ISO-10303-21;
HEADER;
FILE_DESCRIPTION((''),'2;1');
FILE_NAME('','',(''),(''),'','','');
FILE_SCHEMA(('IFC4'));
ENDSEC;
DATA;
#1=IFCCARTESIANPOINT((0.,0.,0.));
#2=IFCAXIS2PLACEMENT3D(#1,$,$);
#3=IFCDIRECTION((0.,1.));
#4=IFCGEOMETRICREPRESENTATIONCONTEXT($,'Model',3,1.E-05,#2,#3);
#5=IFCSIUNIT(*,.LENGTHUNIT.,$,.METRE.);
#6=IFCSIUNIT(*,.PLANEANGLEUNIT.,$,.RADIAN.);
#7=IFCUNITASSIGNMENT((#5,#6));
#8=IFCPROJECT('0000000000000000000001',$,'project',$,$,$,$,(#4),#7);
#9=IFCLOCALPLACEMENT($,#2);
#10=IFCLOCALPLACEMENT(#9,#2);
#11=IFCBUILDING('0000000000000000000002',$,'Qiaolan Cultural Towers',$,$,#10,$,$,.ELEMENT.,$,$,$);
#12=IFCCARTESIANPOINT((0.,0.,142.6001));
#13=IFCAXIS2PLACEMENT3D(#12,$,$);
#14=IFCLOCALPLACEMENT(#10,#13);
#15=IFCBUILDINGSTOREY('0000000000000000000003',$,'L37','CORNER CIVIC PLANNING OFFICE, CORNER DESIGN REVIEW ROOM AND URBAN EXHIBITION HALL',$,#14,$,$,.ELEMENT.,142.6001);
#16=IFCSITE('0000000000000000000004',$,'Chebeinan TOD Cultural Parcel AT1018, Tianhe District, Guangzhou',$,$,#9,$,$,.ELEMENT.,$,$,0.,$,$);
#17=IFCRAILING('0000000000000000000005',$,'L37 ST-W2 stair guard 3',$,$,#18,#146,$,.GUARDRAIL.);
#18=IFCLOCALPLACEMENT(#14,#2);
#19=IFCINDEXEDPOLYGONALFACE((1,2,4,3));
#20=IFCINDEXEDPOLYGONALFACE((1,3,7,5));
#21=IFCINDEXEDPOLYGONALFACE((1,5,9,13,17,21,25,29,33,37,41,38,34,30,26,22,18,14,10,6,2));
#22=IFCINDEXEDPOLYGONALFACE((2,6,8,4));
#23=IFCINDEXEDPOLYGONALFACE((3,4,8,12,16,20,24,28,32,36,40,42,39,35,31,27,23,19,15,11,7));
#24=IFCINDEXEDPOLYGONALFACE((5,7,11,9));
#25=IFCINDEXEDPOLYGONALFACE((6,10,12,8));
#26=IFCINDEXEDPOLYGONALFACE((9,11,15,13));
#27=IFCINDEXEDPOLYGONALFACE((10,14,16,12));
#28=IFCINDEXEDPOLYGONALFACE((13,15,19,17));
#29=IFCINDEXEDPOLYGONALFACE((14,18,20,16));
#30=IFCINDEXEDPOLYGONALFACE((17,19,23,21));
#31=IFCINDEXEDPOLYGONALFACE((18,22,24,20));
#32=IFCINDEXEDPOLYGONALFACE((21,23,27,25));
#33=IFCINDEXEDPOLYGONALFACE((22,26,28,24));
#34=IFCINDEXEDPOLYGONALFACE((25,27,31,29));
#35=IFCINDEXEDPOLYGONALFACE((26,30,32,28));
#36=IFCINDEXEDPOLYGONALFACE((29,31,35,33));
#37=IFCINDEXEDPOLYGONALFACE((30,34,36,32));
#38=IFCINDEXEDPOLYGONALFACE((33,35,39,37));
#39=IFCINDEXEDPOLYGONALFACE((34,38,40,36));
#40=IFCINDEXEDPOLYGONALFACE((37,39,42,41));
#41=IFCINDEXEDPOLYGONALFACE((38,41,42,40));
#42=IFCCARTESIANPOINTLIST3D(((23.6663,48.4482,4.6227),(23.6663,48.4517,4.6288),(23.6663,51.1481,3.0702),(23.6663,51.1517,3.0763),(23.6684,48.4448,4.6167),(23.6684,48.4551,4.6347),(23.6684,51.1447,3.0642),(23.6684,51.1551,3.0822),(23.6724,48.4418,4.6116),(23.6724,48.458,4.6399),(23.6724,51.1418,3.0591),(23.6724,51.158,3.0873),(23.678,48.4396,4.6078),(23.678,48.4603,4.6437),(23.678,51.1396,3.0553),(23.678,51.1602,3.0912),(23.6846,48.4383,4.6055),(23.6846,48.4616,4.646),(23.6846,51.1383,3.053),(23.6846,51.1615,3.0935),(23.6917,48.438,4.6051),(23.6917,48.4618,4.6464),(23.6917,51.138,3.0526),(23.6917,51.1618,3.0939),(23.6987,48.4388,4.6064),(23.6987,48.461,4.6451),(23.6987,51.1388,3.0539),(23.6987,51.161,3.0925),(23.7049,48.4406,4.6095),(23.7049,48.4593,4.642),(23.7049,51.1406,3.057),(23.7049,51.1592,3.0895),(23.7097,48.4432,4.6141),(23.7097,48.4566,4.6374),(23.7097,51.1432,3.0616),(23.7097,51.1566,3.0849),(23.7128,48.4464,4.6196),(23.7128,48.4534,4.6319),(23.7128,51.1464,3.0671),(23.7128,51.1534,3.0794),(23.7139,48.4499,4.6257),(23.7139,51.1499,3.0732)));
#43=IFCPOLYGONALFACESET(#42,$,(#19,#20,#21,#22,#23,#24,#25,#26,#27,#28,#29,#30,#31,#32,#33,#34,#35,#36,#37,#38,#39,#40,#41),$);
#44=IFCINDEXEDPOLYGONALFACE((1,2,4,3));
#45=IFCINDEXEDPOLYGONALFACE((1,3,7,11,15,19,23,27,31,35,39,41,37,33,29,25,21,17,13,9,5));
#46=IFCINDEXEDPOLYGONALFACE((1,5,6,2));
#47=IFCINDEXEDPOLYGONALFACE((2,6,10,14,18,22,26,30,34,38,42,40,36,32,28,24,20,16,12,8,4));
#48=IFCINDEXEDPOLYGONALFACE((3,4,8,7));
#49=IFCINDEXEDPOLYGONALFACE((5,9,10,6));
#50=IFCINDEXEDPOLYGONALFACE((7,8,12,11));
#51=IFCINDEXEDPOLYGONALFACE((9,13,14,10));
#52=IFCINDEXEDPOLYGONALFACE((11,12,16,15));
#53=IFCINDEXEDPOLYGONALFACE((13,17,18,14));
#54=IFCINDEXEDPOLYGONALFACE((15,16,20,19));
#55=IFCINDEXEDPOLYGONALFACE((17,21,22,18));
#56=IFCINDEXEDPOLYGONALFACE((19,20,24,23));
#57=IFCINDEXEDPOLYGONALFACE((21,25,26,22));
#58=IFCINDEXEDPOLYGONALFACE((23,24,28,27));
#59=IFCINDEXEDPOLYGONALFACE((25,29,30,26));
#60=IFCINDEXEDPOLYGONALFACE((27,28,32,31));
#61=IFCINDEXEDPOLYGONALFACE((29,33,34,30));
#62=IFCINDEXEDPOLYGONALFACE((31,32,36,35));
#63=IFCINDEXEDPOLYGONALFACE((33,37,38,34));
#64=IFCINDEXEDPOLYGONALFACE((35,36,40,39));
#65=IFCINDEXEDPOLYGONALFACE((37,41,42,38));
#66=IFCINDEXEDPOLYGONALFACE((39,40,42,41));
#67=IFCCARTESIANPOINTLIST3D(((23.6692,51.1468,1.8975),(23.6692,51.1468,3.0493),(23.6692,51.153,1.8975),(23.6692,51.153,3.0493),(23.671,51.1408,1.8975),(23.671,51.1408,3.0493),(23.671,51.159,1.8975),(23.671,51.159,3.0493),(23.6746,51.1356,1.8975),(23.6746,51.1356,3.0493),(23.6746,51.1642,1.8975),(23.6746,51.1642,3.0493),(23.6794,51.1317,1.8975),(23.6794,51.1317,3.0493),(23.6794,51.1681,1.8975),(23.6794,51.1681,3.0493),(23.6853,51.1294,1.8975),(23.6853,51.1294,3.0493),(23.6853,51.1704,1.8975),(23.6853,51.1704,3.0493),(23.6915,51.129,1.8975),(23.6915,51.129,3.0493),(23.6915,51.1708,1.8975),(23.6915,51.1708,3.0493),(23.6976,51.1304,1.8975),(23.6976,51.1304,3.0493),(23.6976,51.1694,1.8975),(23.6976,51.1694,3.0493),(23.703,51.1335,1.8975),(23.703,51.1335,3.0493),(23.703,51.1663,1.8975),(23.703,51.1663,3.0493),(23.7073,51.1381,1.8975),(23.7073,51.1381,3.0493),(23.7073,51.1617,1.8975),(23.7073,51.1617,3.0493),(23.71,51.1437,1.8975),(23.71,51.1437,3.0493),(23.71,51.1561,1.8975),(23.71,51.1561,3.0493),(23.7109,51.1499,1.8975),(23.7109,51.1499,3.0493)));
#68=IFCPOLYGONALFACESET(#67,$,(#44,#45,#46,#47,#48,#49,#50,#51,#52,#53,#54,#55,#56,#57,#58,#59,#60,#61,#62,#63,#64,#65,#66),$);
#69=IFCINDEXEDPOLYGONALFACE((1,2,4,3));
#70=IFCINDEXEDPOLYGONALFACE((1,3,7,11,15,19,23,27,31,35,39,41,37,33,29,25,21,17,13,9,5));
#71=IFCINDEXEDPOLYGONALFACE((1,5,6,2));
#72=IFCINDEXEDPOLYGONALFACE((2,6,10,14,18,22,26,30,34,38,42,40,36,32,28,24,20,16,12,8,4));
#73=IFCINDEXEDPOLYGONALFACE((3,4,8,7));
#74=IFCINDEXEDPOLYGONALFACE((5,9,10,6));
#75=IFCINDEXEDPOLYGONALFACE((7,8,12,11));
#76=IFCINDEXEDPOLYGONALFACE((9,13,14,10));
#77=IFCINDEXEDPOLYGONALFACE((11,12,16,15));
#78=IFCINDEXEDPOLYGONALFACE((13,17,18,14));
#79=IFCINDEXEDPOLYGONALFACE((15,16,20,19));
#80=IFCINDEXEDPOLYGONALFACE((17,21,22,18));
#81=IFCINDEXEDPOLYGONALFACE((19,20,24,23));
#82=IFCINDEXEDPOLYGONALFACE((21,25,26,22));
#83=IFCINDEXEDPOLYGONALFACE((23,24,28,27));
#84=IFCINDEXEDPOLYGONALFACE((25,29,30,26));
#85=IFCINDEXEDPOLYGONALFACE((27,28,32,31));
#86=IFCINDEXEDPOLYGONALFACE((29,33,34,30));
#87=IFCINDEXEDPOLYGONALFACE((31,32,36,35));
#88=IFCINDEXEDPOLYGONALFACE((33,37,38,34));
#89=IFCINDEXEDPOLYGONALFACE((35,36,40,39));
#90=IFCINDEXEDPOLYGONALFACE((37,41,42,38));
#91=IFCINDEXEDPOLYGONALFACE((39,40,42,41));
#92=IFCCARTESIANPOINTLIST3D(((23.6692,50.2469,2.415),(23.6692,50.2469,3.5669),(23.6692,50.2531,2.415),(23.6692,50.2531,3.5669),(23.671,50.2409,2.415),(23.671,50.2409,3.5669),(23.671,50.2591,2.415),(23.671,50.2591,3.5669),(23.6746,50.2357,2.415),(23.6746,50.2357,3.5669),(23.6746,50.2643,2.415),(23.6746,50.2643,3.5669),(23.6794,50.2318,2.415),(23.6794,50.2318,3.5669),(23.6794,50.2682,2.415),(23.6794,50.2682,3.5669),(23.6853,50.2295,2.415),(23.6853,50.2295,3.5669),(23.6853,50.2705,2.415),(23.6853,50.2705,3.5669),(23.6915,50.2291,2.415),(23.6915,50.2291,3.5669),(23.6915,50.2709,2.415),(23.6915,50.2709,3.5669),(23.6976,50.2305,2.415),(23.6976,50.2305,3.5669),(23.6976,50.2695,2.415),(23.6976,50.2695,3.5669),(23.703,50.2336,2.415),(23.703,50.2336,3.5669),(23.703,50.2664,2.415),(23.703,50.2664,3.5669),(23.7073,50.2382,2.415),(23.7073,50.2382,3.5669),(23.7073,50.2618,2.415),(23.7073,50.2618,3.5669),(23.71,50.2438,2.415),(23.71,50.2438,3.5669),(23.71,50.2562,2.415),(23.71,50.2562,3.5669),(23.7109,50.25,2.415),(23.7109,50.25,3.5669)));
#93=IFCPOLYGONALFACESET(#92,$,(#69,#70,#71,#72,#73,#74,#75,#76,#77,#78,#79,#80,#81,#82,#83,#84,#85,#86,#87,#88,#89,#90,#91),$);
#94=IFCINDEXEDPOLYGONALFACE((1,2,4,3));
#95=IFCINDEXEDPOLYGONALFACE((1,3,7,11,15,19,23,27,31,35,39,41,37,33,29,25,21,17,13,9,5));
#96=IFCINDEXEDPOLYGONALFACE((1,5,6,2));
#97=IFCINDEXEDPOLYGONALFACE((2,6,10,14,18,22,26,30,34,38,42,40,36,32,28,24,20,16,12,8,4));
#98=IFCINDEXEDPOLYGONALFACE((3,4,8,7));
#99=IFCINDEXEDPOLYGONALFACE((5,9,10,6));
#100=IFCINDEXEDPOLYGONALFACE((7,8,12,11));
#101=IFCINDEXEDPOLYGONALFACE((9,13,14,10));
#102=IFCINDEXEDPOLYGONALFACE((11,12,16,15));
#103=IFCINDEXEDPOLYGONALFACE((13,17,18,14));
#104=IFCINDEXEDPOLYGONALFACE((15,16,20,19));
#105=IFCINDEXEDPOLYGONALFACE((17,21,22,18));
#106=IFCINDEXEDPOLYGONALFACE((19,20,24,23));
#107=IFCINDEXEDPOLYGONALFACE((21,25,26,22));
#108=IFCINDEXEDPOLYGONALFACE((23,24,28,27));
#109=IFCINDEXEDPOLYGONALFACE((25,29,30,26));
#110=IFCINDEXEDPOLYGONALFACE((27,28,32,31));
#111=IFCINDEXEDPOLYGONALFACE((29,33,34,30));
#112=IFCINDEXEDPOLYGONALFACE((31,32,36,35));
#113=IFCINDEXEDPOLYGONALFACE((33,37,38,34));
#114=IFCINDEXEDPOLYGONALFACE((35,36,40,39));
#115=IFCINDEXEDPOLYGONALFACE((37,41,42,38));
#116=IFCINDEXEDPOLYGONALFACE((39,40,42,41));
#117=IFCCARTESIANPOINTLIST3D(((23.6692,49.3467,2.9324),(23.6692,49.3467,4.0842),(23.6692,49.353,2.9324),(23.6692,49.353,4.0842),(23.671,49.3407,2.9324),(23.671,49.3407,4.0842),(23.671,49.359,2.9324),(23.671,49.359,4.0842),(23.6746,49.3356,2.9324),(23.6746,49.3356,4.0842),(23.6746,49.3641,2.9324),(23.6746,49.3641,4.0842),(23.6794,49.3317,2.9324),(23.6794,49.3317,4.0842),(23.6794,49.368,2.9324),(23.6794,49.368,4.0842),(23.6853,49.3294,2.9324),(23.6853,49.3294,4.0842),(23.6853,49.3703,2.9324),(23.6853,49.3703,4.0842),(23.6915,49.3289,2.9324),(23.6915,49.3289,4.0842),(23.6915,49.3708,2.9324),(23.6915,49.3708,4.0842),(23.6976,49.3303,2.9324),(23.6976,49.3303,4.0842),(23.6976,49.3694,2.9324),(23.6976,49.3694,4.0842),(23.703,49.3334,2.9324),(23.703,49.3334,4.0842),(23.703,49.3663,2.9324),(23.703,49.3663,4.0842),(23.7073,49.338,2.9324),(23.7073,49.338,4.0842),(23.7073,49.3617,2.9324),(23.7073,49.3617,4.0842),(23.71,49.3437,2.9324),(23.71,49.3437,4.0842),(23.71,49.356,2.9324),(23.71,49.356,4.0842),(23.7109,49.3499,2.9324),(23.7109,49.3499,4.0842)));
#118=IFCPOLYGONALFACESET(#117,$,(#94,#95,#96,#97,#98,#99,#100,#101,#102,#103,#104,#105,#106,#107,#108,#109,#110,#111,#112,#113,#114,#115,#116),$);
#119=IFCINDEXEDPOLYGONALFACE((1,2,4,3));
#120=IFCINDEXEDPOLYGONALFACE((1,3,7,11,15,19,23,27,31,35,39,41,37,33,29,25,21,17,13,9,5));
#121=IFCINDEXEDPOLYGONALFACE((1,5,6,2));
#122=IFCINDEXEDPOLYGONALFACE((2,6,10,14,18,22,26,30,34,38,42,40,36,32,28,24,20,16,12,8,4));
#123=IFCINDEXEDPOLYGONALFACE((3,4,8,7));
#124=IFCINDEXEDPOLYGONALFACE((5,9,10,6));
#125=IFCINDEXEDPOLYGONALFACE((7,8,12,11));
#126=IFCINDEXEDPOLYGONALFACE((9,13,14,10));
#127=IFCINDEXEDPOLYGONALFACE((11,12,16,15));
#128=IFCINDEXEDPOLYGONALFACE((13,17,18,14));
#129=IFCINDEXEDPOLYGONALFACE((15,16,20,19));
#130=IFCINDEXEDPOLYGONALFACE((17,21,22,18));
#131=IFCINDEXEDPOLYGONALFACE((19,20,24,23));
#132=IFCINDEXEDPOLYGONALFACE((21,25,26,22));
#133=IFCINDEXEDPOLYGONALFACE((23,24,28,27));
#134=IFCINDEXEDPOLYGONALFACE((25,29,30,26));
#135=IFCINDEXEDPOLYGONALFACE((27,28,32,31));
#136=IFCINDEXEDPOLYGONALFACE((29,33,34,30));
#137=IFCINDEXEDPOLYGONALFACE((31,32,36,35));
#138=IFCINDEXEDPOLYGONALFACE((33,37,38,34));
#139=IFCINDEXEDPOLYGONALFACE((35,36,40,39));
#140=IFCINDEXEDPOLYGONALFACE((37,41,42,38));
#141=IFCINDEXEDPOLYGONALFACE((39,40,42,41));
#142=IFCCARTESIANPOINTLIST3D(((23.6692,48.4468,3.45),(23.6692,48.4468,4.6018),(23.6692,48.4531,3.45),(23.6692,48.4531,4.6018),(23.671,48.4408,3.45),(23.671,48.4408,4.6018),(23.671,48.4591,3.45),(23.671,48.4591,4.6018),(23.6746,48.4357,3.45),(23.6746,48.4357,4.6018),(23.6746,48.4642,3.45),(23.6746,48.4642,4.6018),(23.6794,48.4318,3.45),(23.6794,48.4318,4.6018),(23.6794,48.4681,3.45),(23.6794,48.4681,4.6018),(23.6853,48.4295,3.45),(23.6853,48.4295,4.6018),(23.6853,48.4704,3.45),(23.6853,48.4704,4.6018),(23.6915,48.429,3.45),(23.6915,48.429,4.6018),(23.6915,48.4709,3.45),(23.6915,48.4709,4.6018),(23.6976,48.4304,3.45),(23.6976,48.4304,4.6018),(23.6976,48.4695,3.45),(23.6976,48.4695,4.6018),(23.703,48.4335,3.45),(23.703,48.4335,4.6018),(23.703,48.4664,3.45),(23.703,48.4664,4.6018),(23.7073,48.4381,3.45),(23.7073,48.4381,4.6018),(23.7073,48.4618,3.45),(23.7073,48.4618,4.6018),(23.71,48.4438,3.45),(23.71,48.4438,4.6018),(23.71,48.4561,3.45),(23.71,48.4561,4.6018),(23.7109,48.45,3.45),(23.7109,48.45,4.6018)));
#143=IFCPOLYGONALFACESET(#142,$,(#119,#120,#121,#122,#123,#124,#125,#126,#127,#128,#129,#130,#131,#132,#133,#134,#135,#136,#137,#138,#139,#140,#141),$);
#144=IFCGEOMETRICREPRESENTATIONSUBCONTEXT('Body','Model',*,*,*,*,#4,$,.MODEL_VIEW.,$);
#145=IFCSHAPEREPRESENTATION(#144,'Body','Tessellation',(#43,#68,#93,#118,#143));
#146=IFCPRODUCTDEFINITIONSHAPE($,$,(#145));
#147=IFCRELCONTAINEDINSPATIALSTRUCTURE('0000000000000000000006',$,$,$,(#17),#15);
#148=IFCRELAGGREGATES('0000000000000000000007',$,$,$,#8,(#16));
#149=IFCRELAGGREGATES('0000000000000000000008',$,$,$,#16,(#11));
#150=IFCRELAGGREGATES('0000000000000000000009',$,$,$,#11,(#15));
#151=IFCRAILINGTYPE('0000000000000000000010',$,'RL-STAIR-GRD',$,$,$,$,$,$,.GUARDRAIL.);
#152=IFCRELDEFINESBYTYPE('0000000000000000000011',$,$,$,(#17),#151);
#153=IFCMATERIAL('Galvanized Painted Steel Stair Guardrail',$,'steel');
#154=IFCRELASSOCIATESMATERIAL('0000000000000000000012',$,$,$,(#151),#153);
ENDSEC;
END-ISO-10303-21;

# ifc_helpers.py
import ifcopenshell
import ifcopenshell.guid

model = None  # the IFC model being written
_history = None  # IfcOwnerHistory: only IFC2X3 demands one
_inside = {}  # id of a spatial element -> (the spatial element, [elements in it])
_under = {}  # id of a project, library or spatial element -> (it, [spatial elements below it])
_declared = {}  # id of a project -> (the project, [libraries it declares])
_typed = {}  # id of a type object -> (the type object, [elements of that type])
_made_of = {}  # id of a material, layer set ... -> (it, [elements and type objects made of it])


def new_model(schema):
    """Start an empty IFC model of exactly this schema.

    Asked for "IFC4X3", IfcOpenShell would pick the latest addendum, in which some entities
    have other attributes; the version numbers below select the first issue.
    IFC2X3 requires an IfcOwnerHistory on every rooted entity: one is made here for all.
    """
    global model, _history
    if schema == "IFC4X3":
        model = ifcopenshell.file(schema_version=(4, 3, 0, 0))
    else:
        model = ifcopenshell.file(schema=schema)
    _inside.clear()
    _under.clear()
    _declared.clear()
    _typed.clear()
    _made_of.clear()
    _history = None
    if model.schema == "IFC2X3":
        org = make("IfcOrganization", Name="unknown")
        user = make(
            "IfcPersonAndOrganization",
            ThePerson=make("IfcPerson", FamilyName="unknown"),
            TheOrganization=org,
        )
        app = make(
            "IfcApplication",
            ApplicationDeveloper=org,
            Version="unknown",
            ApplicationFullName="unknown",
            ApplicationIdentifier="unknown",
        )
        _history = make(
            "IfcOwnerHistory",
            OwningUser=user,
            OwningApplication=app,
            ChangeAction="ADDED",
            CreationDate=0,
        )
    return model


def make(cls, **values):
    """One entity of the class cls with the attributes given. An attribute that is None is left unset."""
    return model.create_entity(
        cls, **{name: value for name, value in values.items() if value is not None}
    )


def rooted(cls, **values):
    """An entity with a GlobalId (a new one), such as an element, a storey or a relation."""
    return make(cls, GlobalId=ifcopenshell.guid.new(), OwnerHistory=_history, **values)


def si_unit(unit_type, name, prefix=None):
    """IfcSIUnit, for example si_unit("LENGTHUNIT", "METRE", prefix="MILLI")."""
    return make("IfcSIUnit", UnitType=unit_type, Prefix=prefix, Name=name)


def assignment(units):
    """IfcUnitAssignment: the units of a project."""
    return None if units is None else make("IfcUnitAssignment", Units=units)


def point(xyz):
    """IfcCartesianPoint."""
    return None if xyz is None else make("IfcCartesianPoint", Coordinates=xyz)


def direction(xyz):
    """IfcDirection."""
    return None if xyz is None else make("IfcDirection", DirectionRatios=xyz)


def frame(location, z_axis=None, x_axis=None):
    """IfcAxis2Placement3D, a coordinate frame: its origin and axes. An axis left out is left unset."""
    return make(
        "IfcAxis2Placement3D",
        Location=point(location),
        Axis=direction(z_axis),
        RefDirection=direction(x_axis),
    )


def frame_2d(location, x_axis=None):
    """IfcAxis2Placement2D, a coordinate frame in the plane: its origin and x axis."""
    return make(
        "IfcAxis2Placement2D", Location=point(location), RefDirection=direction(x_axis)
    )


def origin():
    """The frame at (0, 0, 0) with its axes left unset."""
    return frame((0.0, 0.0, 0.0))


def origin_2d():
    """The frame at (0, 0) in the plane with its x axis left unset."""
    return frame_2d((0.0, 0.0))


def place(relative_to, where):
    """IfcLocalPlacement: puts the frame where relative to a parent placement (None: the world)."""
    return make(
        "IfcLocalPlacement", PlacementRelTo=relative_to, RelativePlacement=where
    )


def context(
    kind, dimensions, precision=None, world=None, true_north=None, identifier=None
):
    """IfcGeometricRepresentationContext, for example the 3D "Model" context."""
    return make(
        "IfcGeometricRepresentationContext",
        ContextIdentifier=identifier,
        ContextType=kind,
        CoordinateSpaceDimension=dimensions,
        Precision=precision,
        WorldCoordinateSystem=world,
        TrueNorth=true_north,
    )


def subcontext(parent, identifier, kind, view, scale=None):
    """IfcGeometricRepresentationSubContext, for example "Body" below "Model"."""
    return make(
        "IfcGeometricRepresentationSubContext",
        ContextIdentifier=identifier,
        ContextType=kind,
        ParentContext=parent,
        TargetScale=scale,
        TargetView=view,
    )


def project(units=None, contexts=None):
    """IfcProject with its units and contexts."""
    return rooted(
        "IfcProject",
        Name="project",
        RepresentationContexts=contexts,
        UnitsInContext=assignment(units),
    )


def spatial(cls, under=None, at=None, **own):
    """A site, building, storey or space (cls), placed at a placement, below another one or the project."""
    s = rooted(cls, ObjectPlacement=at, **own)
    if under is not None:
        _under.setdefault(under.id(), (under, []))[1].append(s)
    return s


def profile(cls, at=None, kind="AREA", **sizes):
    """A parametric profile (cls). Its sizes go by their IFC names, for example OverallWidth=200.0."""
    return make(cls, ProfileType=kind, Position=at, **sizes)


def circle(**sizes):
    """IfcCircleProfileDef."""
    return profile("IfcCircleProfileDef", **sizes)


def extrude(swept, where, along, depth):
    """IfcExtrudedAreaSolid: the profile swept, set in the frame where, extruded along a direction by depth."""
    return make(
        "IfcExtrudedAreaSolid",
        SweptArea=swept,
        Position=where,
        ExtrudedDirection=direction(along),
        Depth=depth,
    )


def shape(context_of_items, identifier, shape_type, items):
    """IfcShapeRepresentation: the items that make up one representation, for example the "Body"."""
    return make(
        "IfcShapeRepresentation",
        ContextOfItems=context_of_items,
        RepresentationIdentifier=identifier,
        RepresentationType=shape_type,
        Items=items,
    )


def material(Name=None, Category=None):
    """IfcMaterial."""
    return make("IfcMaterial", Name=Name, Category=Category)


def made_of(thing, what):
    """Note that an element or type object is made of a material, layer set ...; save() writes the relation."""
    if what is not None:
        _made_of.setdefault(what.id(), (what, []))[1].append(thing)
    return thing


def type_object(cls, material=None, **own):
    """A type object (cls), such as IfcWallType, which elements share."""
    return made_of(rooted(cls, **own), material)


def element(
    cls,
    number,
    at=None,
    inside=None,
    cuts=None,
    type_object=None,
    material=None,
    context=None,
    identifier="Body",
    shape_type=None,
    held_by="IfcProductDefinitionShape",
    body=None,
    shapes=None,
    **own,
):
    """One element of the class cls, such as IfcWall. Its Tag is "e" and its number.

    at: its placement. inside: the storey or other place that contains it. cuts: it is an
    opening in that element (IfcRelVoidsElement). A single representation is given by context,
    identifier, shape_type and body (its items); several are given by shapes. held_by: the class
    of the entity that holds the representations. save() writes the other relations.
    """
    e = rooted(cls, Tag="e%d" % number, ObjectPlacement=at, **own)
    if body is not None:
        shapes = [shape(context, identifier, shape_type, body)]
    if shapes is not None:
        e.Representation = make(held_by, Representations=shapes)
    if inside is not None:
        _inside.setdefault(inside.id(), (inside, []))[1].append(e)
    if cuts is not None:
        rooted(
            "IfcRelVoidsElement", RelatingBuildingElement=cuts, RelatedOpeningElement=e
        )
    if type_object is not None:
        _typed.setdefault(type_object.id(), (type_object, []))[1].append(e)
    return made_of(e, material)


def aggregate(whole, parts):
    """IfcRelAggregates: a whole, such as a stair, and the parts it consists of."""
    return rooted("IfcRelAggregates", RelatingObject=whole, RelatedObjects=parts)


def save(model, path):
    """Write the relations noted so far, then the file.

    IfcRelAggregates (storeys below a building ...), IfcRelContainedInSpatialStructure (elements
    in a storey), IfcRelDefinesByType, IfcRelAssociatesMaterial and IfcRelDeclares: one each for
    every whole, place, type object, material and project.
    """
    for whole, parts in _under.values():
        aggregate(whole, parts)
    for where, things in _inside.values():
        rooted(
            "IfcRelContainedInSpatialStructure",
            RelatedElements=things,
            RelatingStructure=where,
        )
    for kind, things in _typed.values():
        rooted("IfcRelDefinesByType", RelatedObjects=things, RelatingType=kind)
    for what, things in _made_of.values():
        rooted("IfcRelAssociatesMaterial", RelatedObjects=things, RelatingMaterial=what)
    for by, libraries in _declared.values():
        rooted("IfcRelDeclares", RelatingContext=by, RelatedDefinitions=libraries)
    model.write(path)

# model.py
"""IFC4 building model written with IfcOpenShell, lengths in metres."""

from ifc_helpers import new_model, si_unit, direction, frame, origin, origin_2d, place, context, subcontext, project, spatial, circle, extrude, material, type_object, element, save


model = new_model("IFC4")

# Units and contexts
model_context = context("Model", 3, precision=1e-05, world=origin(), true_north=direction((0.0, 1.0)))
body_context = subcontext(model_context, "Body", "Model", "MODEL_VIEW")
ifc_project = project(units=[si_unit("LENGTHUNIT", "METRE"), si_unit("PLANEANGLEUNIT", "RADIAN")], contexts=[model_context])

# Site, building, storey
site_placement = place(None, origin())
site = spatial("IfcSite", under=ifc_project, at=site_placement, Name="Chebeinan TOD Cultural Parcel AT1018, Tianhe District, Guangzhou", CompositionType="ELEMENT", RefElevation=0.0)
building_placement = place(site_placement, origin())
building = spatial("IfcBuilding", under=site, at=building_placement, Name="Qiaolan Cultural Towers", CompositionType="ELEMENT")
storey_placement = place(building_placement, frame((0.0, 0.0, 142.6001)))
storey = spatial("IfcBuildingStorey", under=building, at=storey_placement, Name="L37", Description="CORNER CIVIC PLANNING OFFICE, CORNER DESIGN REVIEW ROOM AND URBAN EXHIBITION HALL", CompositionType="ELEMENT", Elevation=142.6001)

# Railing
ifc_material_1 = material(Name="Galvanized Painted Steel Stair Guardrail", Category="steel")
railing_type_1 = type_object("IfcRailingType", Name="RL-STAIR-GRD", PredefinedType="GUARDRAIL", material=ifc_material_1)
railing_1_placement = place(storey_placement, frame((23.6899, 51.1499, 1.8975)))
element("IfcRailing", 1, at=railing_1_placement, inside=storey, type_object=railing_type_1, Name="L37 ST-W2 stair guard 3", PredefinedType="GUARDRAIL", context=body_context, shape_type="SweptSolid", body=[
    extrude(circle(Radius=0.0239, at=origin_2d()), frame((0.0, 0.0, 1.1758), z_axis=(0.0, -0.866904, 0.498476), x_axis=(1.0, 0.0, 0.0)), (0.0, 0.0, 1.0), 3.1145),
    extrude(circle(Radius=0.021, at=origin_2d()), origin(), (0.0, 0.0, 1.0), 1.1519),
    extrude(circle(Radius=0.021, at=origin_2d()), frame((0.0, -0.8999, 0.5176)), (0.0, 0.0, 1.0), 1.1519),
    extrude(circle(Radius=0.021, at=origin_2d()), frame((0.0, -1.8, 1.0349)), (0.0, 0.0, 1.0), 1.1519),
    extrude(circle(Radius=0.021, at=origin_2d()), frame((0.0, -2.7, 1.5525)), (0.0, 0.0, 1.0), 1.1519),
])

save(model, "model.ifc")
